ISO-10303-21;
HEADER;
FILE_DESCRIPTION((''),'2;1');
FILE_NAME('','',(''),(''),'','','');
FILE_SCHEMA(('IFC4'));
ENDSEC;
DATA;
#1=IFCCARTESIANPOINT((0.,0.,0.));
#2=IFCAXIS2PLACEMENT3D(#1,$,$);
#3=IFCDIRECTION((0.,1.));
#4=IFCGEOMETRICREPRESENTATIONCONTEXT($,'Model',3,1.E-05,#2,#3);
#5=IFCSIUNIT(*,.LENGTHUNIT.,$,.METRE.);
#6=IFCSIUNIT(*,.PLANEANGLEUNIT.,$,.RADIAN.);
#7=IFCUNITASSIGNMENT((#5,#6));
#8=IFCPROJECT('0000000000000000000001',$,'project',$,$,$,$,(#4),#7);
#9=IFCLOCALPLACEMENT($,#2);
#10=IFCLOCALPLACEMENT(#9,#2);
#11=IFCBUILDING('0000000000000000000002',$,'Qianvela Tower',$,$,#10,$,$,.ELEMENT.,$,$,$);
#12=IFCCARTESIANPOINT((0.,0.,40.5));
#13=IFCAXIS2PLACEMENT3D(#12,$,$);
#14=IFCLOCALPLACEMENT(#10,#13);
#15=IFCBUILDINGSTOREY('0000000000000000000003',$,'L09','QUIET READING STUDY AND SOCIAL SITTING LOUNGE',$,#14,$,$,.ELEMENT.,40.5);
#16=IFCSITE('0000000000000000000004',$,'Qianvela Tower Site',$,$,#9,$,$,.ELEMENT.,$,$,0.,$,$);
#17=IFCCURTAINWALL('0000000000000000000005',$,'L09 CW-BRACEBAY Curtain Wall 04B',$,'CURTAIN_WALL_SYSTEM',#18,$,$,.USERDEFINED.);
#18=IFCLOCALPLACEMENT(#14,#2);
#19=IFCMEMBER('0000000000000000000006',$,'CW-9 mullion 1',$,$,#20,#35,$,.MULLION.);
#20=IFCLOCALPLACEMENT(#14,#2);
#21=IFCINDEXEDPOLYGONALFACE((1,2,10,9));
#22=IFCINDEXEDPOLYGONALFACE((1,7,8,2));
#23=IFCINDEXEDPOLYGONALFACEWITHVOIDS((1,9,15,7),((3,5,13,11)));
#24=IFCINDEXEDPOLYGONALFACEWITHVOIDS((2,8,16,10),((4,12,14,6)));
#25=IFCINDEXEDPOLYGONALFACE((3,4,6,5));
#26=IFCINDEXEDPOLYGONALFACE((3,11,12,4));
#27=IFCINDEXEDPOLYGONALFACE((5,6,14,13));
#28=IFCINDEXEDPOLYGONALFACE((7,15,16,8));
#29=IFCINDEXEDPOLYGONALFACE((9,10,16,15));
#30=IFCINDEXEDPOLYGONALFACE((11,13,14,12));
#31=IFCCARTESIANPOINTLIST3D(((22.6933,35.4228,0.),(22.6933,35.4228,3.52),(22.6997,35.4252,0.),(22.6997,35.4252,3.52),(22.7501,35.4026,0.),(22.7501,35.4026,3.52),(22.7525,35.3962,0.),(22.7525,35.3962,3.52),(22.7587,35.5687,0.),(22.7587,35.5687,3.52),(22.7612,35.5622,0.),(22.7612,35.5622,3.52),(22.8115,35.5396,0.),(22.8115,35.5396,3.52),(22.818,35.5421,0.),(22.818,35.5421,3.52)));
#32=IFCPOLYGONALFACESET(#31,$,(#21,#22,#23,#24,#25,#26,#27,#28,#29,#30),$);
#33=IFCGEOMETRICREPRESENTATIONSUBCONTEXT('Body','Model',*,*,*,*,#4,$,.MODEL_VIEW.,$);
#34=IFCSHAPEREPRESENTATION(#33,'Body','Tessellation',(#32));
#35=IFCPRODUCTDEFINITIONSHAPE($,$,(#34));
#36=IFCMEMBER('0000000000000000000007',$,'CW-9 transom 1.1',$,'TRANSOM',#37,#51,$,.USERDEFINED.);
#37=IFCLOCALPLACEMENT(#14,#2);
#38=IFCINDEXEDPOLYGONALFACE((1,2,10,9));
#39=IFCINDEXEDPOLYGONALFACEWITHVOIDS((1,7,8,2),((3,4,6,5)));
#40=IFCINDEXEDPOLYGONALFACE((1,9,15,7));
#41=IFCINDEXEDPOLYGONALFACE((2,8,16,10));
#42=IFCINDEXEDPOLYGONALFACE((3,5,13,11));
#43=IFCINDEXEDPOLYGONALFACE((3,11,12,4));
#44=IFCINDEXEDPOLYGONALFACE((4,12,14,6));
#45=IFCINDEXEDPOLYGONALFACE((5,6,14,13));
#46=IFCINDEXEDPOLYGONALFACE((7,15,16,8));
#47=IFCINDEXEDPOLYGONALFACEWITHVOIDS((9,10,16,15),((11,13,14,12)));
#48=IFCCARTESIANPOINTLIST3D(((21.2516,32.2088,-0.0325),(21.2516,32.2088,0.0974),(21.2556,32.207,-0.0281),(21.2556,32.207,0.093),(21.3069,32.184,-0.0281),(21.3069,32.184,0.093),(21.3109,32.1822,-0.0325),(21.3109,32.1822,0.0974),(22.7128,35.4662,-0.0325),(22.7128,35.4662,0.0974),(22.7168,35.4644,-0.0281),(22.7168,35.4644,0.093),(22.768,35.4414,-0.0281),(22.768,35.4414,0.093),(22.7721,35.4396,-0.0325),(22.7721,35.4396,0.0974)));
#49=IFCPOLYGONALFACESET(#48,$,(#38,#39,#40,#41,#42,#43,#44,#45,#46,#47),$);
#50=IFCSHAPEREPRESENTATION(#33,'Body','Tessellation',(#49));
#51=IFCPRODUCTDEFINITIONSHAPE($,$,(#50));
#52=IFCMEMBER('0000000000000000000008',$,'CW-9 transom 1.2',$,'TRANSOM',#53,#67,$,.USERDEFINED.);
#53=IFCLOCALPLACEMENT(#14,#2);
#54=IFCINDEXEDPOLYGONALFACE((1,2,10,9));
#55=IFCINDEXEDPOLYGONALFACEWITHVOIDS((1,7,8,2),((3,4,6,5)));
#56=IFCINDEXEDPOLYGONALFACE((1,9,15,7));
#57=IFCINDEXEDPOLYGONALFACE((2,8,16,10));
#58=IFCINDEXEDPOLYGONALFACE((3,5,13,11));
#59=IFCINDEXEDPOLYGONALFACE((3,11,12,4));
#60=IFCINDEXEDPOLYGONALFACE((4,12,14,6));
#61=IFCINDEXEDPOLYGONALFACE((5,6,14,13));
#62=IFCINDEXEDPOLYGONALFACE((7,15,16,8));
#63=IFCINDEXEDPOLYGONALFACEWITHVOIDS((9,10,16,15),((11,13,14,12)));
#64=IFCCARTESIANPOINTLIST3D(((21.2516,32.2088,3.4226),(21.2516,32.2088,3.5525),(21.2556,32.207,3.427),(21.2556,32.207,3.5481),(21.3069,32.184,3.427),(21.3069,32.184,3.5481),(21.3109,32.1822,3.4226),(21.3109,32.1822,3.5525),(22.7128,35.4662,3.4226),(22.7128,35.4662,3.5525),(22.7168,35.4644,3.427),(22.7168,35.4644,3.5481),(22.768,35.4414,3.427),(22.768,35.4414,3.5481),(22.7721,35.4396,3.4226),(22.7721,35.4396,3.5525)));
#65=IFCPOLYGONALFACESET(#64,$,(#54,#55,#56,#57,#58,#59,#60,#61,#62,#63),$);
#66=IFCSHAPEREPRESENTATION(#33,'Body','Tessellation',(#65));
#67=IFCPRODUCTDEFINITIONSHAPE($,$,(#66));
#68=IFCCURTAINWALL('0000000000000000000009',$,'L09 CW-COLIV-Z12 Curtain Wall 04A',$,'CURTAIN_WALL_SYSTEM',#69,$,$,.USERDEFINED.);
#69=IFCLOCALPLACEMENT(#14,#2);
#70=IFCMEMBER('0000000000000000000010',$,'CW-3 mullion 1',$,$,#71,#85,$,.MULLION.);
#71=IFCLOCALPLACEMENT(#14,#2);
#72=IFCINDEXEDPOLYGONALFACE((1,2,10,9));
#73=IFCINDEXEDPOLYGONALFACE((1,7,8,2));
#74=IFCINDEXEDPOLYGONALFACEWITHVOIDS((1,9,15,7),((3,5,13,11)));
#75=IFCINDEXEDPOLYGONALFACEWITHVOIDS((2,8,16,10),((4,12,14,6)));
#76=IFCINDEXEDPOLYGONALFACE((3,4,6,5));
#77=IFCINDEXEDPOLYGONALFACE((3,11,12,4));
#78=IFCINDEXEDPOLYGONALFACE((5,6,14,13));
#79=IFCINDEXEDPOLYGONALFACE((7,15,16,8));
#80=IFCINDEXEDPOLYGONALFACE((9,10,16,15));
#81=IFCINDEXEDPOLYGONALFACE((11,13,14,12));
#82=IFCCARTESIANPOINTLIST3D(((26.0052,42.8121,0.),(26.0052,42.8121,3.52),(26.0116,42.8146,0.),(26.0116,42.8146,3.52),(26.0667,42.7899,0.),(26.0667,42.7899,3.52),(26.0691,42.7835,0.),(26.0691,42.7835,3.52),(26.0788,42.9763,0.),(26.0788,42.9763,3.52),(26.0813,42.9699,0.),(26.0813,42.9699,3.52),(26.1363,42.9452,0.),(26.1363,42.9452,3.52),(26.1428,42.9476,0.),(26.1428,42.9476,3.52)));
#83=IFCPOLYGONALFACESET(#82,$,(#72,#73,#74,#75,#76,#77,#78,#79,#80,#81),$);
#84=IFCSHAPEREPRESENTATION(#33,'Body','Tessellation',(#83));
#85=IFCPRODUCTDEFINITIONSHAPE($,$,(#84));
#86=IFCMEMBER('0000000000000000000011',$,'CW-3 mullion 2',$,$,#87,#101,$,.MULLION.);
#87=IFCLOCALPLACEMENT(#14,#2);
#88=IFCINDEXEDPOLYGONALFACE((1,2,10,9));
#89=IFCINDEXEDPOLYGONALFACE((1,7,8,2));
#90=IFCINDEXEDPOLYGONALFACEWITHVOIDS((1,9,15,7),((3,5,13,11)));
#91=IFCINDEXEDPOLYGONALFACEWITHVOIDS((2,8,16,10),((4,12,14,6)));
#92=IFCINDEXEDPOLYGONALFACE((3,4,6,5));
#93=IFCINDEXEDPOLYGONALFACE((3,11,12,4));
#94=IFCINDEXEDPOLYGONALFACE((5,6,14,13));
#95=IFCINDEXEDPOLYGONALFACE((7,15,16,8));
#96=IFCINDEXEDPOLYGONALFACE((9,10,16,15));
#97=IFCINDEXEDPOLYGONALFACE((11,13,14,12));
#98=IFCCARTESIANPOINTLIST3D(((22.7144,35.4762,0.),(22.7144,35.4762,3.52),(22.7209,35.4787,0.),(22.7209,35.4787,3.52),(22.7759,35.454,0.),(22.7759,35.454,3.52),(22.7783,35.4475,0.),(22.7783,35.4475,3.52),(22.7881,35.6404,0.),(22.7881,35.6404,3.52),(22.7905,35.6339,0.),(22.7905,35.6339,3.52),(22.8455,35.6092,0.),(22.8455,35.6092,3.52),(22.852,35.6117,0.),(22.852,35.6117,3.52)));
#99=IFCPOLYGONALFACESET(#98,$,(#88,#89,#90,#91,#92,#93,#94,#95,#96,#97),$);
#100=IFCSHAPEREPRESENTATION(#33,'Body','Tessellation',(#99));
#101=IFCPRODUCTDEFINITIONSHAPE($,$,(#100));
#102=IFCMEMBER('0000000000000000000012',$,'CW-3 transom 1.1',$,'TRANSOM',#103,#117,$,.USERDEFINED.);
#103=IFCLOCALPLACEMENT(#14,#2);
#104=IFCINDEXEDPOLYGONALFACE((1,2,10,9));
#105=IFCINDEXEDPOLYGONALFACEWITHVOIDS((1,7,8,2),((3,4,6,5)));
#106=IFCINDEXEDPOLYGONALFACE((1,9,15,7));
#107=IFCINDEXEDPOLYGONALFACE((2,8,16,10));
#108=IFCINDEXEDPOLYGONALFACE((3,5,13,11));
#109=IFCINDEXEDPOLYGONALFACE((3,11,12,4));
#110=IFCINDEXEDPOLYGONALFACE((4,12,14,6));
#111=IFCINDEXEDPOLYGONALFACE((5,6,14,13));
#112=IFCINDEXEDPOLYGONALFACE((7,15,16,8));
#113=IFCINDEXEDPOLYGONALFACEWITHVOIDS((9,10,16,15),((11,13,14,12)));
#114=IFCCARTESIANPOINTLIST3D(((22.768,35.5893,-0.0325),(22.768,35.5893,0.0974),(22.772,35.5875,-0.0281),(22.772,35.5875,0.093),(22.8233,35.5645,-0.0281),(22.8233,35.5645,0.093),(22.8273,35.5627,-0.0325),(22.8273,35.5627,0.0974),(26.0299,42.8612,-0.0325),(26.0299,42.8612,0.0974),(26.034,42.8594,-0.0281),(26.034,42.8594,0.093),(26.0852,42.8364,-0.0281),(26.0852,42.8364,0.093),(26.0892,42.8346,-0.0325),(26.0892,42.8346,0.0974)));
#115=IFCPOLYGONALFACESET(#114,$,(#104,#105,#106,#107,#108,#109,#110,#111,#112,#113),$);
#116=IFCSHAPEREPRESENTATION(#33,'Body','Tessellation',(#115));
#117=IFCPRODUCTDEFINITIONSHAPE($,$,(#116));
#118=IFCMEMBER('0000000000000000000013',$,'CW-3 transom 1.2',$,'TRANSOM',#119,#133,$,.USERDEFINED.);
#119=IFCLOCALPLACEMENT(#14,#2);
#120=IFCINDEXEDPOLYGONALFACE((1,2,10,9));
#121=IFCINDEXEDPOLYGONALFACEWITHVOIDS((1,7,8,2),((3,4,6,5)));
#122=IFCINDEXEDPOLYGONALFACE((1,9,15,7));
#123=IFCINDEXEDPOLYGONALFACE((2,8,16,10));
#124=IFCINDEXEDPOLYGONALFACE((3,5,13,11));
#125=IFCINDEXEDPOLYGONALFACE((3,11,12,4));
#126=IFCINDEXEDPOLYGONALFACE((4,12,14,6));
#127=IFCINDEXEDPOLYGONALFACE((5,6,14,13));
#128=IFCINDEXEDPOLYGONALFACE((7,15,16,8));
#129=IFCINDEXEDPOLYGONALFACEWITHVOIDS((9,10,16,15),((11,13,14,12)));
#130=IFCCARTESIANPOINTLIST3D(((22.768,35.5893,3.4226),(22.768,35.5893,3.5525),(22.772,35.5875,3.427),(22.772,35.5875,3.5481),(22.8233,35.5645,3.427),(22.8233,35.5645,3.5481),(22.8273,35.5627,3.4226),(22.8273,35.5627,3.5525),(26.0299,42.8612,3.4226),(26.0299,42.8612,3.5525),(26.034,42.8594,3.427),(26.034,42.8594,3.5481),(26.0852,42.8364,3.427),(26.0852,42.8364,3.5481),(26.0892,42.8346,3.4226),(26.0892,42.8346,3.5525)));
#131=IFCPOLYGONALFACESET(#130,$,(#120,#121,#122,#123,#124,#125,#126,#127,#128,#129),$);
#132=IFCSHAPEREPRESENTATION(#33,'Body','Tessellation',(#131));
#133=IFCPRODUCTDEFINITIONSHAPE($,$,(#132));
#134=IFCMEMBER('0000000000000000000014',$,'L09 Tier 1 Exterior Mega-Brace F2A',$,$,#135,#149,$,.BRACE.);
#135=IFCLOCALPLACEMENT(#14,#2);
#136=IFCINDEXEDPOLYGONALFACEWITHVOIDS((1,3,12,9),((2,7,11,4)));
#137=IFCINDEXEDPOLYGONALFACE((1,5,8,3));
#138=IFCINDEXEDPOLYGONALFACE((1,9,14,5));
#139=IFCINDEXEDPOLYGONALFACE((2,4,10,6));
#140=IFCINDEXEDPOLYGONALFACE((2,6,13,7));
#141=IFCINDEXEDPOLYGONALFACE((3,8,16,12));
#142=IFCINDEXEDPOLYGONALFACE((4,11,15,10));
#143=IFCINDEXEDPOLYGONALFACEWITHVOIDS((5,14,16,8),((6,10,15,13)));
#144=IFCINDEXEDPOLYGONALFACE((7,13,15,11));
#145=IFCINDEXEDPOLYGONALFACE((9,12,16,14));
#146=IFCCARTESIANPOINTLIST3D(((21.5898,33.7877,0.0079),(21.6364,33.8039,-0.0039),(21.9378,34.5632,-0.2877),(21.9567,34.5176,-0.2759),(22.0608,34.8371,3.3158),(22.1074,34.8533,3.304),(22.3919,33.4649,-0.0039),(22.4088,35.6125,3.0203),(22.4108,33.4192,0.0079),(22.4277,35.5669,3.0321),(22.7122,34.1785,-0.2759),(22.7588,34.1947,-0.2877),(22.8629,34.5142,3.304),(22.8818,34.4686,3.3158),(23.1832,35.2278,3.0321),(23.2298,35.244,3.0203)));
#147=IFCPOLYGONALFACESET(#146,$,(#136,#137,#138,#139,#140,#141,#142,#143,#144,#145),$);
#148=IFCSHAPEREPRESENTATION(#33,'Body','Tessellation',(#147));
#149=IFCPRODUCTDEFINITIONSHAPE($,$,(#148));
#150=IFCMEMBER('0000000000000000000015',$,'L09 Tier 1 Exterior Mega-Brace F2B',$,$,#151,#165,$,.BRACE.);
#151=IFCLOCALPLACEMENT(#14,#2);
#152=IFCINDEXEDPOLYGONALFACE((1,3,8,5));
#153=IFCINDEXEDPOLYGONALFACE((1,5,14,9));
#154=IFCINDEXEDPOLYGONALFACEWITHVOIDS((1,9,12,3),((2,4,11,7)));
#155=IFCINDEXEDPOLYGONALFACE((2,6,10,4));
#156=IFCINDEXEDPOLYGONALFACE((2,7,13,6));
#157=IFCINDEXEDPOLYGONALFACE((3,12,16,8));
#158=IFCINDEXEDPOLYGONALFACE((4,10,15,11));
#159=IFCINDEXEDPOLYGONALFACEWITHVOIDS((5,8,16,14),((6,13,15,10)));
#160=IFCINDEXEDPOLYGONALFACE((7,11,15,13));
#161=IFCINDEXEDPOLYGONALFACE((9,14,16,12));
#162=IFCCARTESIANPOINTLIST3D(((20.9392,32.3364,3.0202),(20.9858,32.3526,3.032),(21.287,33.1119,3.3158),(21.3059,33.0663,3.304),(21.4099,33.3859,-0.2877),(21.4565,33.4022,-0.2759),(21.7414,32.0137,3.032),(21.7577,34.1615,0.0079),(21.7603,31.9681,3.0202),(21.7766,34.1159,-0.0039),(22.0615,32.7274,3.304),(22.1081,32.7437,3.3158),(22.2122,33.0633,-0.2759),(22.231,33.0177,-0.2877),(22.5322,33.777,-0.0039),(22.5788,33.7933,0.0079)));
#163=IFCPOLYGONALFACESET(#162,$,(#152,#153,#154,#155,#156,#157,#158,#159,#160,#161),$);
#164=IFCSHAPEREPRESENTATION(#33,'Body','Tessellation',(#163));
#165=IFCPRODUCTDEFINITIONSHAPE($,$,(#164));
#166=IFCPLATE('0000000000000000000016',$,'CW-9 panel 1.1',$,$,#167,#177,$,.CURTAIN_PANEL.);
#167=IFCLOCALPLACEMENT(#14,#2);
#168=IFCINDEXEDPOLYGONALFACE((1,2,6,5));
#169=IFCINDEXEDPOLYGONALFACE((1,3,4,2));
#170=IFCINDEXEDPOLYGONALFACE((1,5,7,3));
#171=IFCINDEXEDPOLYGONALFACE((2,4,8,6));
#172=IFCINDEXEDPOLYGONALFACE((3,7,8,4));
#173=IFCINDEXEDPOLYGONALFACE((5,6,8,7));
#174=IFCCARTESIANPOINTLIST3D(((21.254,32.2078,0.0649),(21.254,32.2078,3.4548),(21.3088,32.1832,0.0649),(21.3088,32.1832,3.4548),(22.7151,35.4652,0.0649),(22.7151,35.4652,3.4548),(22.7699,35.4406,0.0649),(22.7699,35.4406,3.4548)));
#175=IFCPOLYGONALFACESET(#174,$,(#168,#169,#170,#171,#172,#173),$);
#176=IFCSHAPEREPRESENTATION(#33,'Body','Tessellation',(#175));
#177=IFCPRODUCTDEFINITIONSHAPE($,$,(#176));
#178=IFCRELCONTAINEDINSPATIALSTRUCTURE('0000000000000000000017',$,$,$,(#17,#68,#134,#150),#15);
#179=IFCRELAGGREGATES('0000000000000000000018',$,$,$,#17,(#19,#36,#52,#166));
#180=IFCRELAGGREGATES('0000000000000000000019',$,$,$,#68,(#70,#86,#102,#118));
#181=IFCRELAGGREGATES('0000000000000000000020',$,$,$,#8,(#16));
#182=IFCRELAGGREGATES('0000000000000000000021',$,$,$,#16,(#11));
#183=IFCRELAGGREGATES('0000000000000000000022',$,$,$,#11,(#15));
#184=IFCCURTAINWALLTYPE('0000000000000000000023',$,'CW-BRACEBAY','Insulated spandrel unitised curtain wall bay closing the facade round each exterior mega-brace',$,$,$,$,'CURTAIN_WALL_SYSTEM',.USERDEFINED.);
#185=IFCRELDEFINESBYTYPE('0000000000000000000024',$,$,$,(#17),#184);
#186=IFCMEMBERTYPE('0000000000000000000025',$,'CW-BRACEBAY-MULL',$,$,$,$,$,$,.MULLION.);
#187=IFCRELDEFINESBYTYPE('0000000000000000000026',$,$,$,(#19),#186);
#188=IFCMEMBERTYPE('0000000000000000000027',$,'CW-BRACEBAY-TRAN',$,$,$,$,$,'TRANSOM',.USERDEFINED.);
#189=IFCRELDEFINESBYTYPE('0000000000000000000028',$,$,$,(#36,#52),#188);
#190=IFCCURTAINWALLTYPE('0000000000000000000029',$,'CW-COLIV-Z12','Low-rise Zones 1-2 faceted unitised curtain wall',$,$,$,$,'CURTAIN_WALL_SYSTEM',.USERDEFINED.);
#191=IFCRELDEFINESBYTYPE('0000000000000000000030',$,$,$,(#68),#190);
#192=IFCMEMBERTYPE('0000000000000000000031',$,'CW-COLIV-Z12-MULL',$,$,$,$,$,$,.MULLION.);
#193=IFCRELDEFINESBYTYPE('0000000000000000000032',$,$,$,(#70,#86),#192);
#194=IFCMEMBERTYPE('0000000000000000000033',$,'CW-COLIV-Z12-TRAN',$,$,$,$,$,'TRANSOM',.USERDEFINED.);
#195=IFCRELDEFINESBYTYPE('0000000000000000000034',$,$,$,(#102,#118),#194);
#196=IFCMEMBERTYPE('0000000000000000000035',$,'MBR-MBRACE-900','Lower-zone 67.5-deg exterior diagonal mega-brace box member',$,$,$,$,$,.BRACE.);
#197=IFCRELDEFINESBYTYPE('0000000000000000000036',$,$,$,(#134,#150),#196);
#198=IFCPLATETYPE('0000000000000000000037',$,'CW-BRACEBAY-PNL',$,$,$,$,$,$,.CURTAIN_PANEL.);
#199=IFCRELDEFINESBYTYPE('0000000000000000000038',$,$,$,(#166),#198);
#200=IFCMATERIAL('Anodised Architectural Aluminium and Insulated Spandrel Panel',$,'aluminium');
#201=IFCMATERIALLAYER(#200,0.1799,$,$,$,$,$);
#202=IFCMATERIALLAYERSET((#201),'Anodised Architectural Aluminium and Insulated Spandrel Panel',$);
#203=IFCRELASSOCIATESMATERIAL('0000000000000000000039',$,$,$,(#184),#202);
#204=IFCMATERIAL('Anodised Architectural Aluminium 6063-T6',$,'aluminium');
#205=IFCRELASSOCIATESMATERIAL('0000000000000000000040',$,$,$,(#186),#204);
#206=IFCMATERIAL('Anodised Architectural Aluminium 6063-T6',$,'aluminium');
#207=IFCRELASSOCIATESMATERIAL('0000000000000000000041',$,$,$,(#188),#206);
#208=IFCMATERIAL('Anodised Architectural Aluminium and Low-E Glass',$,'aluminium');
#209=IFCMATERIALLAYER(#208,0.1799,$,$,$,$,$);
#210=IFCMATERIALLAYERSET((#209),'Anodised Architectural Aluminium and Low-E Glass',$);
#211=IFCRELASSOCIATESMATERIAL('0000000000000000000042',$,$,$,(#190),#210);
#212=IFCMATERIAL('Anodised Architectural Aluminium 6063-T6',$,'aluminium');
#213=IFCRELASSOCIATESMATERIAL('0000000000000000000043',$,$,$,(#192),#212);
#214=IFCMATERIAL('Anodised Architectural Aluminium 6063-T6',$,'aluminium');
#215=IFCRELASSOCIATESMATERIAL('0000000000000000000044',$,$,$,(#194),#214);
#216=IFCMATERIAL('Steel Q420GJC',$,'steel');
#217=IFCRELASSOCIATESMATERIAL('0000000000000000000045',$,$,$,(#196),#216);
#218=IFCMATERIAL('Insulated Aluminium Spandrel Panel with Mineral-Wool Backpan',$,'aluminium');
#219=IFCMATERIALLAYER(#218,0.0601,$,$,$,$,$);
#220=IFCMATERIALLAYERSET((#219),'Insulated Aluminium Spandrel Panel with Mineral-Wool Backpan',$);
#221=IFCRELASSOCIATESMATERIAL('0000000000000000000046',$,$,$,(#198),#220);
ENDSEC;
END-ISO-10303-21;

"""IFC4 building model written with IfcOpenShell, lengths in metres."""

from ifc_helpers import new_model, si_unit, direction, frame, origin, origin_2d, place, context, subcontext, project, spatial, rectangle, hollow_rectangle, extrude, material, layer, layer_set, material_profile, profile_set, type_object, element, aggregate, save


model = new_model("IFC4")

# Units and contexts
model_context = context("Model", 3, precision=1e-05, world=origin(), true_north=direction((0.0, 1.0)))
body_context = subcontext(model_context, "Body", "Model", "MODEL_VIEW")
ifc_project = project(units=[si_unit("LENGTHUNIT", "METRE"), si_unit("PLANEANGLEUNIT", "RADIAN")], contexts=[model_context])

# Site, building, storey
site_placement = place(None, origin())
site = spatial("IfcSite", under=ifc_project, at=site_placement, Name="Qianvela Tower Site", CompositionType="ELEMENT", RefElevation=0.0)
building_placement = place(site_placement, origin())
building = spatial("IfcBuilding", under=site, at=building_placement, Name="Qianvela Tower", CompositionType="ELEMENT")
storey_placement = place(building_placement, frame((0.0, 0.0, 40.5)))
storey = spatial("IfcBuildingStorey", under=building, at=storey_placement, Name="L09", Description="QUIET READING STUDY AND SOCIAL SITTING LOUNGE", CompositionType="ELEMENT", Elevation=40.5)

# Curtain walls, members
ifc_material_1 = material(Name="Anodised Architectural Aluminium and Insulated Spandrel Panel", Category="aluminium")
ifc_layer_1 = layer(ifc_material_1, 0.1799)
ifc_layer_set_1 = layer_set([ifc_layer_1], Name="Anodised Architectural Aluminium and Insulated Spandrel Panel")
curtain_wall_type_1 = type_object("IfcCurtainWallType", Name="CW-BRACEBAY", Description="Insulated spandrel unitised curtain wall bay closing the facade round each exterior mega-brace", ElementType="CURTAIN_WALL_SYSTEM", PredefinedType="USERDEFINED", material=ifc_layer_set_1)
curtain_wall_1_placement = place(storey_placement, origin())
curtain_wall_1 = element("IfcCurtainWall", 1, at=curtain_wall_1_placement, inside=storey, type_object=curtain_wall_type_1, Name="L09 CW-BRACEBAY Curtain Wall 04B", ObjectType="CURTAIN_WALL_SYSTEM", PredefinedType="USERDEFINED")
ifc_material_2 = material(Name="Anodised Architectural Aluminium 6063-T6", Category="aluminium")
ifc_material_profile_1 = material_profile(ifc_material_2, hollow_rectangle(XDim=0.0649, YDim=0.1599, WallThickness=0.0049, at=origin_2d()), Name="ALU-MULL-65x160")
ifc_profile_set_1 = profile_set([ifc_material_profile_1], Name="Anodised Architectural Aluminium 6063-T6")
member_type_1 = type_object("IfcMemberType", Name="CW-BRACEBAY-MULL", PredefinedType="MULLION", material=ifc_profile_set_1)
member_1_placement = place(storey_placement, frame((22.7556, 35.4824, 0.0), z_axis=(0.0, 0.0, 1.0), x_axis=(0.912412, -0.409273, 0.0)))
member_1 = element("IfcMember", 2, at=member_1_placement, type_object=member_type_1, Name="CW-9 mullion 1", PredefinedType="MULLION", context=body_context, shape_type="SweptSolid", body=[
    extrude(hollow_rectangle(XDim=0.0649, YDim=0.1599, WallThickness=0.0049, at=origin_2d()), origin(), (0.0, 0.0, 1.0), 3.52),
])
ifc_material_3 = material(Name="Anodised Architectural Aluminium 6063-T6", Category="aluminium")
ifc_material_profile_2 = material_profile(ifc_material_3, hollow_rectangle(XDim=0.0649, YDim=0.1299, WallThickness=0.0044, at=origin_2d()), Name="ALU-TRAN-65x130")
ifc_profile_set_2 = profile_set([ifc_material_profile_2], Name="Anodised Architectural Aluminium 6063-T6")
member_type_2 = type_object("IfcMemberType", Name="CW-BRACEBAY-TRAN", ElementType="TRANSOM", PredefinedType="USERDEFINED", material=ifc_profile_set_2)
member_2_placement = place(storey_placement, frame((22.7424, 35.4529, 0.0325), z_axis=(-0.40929, -0.912405, 0.0), x_axis=(0.912405, -0.40929, 0.0)))
member_2 = element("IfcMember", 3, at=member_2_placement, type_object=member_type_2, Name="CW-9 transom 1.1", ObjectType="TRANSOM", PredefinedType="USERDEFINED", context=body_context, shape_type="SweptSolid", body=[
    extrude(hollow_rectangle(XDim=0.0649, YDim=0.1299, WallThickness=0.0044, at=origin_2d()), origin(), (0.0, 0.0, 1.0), 3.5701),
])
member_3_placement = place(storey_placement, frame((22.7424, 35.4529, 3.4875), z_axis=(-0.40929, -0.912405, 0.0), x_axis=(0.912405, -0.40929, 0.0)))
member_3 = element("IfcMember", 4, at=member_3_placement, type_object=member_type_2, Name="CW-9 transom 1.2", ObjectType="TRANSOM", PredefinedType="USERDEFINED", context=body_context, shape_type="SweptSolid", body=[
    extrude(hollow_rectangle(XDim=0.0649, YDim=0.1299, WallThickness=0.0044, at=origin_2d()), origin(), (0.0, 0.0, 1.0), 3.5701),
])
ifc_material_4 = material(Name="Anodised Architectural Aluminium and Low-E Glass", Category="aluminium")
ifc_layer_2 = layer(ifc_material_4, 0.1799)
ifc_layer_set_2 = layer_set([ifc_layer_2], Name="Anodised Architectural Aluminium and Low-E Glass")
curtain_wall_type_2 = type_object("IfcCurtainWallType", Name="CW-COLIV-Z12", Description="Low-rise Zones 1-2 faceted unitised curtain wall", ElementType="CURTAIN_WALL_SYSTEM", PredefinedType="USERDEFINED", material=ifc_layer_set_2)
curtain_wall_2_placement = place(storey_placement, origin())
curtain_wall_2 = element("IfcCurtainWall", 5, at=curtain_wall_2_placement, inside=storey, type_object=curtain_wall_type_2, Name="L09 CW-COLIV-Z12 Curtain Wall 04A", ObjectType="CURTAIN_WALL_SYSTEM", PredefinedType="USERDEFINED")
ifc_material_5 = material(Name="Anodised Architectural Aluminium 6063-T6", Category="aluminium")
ifc_material_profile_3 = material_profile(ifc_material_5, hollow_rectangle(XDim=0.0701, YDim=0.1799, WallThickness=0.0049, at=origin_2d()), Name="ALU-MULL-70x180")
ifc_profile_set_3 = profile_set([ifc_material_profile_3], Name="Anodised Architectural Aluminium 6063-T6")
member_type_3 = type_object("IfcMemberType", Name="CW-COLIV-Z12-MULL", PredefinedType="MULLION", material=ifc_profile_set_3)
member_4_placement = place(storey_placement, frame((26.074, 42.8799, 0.0), z_axis=(0.0, 0.0, 1.0), x_axis=(0.912406, -0.409286, 0.0)))
member_4 = element("IfcMember", 6, at=member_4_placement, type_object=member_type_3, Name="CW-3 mullion 1", PredefinedType="MULLION", context=body_context, shape_type="SweptSolid", body=[
    extrude(hollow_rectangle(XDim=0.0701, YDim=0.1799, WallThickness=0.0049, at=origin_2d()), origin(), (0.0, 0.0, 1.0), 3.52),
])
member_5_placement = place(storey_placement, frame((22.7832, 35.5439, 0.0), z_axis=(0.0, 0.0, 1.0), x_axis=(0.912406, -0.409286, 0.0)))
member_5 = element("IfcMember", 7, at=member_5_placement, type_object=member_type_3, Name="CW-3 mullion 2", PredefinedType="MULLION", context=body_context, shape_type="SweptSolid", body=[
    extrude(hollow_rectangle(XDim=0.0701, YDim=0.1799, WallThickness=0.0049, at=origin_2d()), origin(), (0.0, 0.0, 1.0), 3.52),
])
ifc_material_6 = material(Name="Anodised Architectural Aluminium 6063-T6", Category="aluminium")
ifc_material_profile_4 = material_profile(ifc_material_6, hollow_rectangle(XDim=0.0649, YDim=0.1299, WallThickness=0.0044, at=origin_2d()), Name="ALU-TRAN-65x130")
ifc_profile_set_4 = profile_set([ifc_material_profile_4], Name="Anodised Architectural Aluminium 6063-T6")
member_type_4 = type_object("IfcMemberType", Name="CW-COLIV-Z12-TRAN", ElementType="TRANSOM", PredefinedType="USERDEFINED", material=ifc_profile_set_4)
member_6_placement = place(storey_placement, frame((26.0596, 42.8479, 0.0325), z_axis=(-0.409277, -0.91241, 0.0), x_axis=(0.91241, -0.409277, 0.0)))
member_6 = element("IfcMember", 8, at=member_6_placement, type_object=member_type_4, Name="CW-3 transom 1.1", ObjectType="TRANSOM", PredefinedType="USERDEFINED", context=body_context, shape_type="SweptSolid", body=[
    extrude(hollow_rectangle(XDim=0.0649, YDim=0.1299, WallThickness=0.0044, at=origin_2d()), origin(), (0.0, 0.0, 1.0), 7.97),
])
member_7_placement = place(storey_placement, frame((26.0596, 42.8479, 3.4875), z_axis=(-0.409277, -0.91241, 0.0), x_axis=(0.91241, -0.409277, 0.0)))
member_7 = element("IfcMember", 9, at=member_7_placement, type_object=member_type_4, Name="CW-3 transom 1.2", ObjectType="TRANSOM", PredefinedType="USERDEFINED", context=body_context, shape_type="SweptSolid", body=[
    extrude(hollow_rectangle(XDim=0.0649, YDim=0.1299, WallThickness=0.0044, at=origin_2d()), origin(), (0.0, 0.0, 1.0), 7.97),
])

# Members
ifc_material_7 = material(Name="Steel Q420GJC", Category="steel")
ifc_material_profile_5 = material_profile(ifc_material_7, hollow_rectangle(XDim=0.8999, YDim=0.8999, WallThickness=0.0359, at=origin_2d()), Name="MBOX-900x900x36")
ifc_profile_set_5 = profile_set([ifc_material_profile_5], Name="Steel Q420GJC")
member_type_5 = type_object("IfcMemberType", Name="MBR-MBRACE-900", Description="Lower-zone 67.5-deg exterior diagonal mega-brace box member", PredefinedType="BRACE", material=ifc_profile_set_5)
for number, where, z_axis, x_axis, name in (
    (10, (22.1743, 33.9912, -0.1399), (0.134475, 0.299624, 0.944533), (-0.912326, 0.409464, 0.0), "L09 Tier 1 Exterior Mega-Brace F2A"),
    (11, (21.9944, 33.5896, -0.1399), (-0.134404, -0.29969, 0.944522), (0.912441, -0.409208, 0.0), "L09 Tier 1 Exterior Mega-Brace F2B"),
):
    element("IfcMember", number, at=place(storey_placement, frame(where, z_axis=z_axis, x_axis=x_axis)), inside=storey, type_object=member_type_5, Name=name, PredefinedType="BRACE", context=body_context, shape_type="SweptSolid", body=[
        extrude(hollow_rectangle(XDim=0.8999, YDim=0.8999, WallThickness=0.0359, at=origin_2d()), origin(), (0.0, 0.0, 1.0), 3.5022),
    ])

# Plate
ifc_material_8 = material(Name="Insulated Aluminium Spandrel Panel with Mineral-Wool Backpan", Category="aluminium")
ifc_layer_3 = layer(ifc_material_8, 0.0601)
ifc_layer_set_3 = layer_set([ifc_layer_3], Name="Insulated Aluminium Spandrel Panel with Mineral-Wool Backpan")
plate_type_1 = type_object("IfcPlateType", Name="CW-BRACEBAY-PNL", PredefinedType="CURTAIN_PANEL", material=ifc_layer_set_3)
plate_1_placement = place(storey_placement, frame((22.012, 33.8242, 0.0649), z_axis=(0.0, 0.0, 1.0), x_axis=(-0.409273, -0.912412, 0.0)))
plate_1 = element("IfcPlate", 12, at=plate_1_placement, type_object=plate_type_1, Name="CW-9 panel 1.1", PredefinedType="CURTAIN_PANEL", context=body_context, shape_type="SweptSolid", body=[
    extrude(rectangle(XDim=3.5701, YDim=0.0601, at=origin_2d()), origin(), (0.0, 0.0, 1.0), 3.3899),
])
aggregate(curtain_wall_1, [member_1, member_2, member_3, plate_1])
aggregate(curtain_wall_2, [member_4, member_5, member_6, member_7])

save(model, "model.ifc")
